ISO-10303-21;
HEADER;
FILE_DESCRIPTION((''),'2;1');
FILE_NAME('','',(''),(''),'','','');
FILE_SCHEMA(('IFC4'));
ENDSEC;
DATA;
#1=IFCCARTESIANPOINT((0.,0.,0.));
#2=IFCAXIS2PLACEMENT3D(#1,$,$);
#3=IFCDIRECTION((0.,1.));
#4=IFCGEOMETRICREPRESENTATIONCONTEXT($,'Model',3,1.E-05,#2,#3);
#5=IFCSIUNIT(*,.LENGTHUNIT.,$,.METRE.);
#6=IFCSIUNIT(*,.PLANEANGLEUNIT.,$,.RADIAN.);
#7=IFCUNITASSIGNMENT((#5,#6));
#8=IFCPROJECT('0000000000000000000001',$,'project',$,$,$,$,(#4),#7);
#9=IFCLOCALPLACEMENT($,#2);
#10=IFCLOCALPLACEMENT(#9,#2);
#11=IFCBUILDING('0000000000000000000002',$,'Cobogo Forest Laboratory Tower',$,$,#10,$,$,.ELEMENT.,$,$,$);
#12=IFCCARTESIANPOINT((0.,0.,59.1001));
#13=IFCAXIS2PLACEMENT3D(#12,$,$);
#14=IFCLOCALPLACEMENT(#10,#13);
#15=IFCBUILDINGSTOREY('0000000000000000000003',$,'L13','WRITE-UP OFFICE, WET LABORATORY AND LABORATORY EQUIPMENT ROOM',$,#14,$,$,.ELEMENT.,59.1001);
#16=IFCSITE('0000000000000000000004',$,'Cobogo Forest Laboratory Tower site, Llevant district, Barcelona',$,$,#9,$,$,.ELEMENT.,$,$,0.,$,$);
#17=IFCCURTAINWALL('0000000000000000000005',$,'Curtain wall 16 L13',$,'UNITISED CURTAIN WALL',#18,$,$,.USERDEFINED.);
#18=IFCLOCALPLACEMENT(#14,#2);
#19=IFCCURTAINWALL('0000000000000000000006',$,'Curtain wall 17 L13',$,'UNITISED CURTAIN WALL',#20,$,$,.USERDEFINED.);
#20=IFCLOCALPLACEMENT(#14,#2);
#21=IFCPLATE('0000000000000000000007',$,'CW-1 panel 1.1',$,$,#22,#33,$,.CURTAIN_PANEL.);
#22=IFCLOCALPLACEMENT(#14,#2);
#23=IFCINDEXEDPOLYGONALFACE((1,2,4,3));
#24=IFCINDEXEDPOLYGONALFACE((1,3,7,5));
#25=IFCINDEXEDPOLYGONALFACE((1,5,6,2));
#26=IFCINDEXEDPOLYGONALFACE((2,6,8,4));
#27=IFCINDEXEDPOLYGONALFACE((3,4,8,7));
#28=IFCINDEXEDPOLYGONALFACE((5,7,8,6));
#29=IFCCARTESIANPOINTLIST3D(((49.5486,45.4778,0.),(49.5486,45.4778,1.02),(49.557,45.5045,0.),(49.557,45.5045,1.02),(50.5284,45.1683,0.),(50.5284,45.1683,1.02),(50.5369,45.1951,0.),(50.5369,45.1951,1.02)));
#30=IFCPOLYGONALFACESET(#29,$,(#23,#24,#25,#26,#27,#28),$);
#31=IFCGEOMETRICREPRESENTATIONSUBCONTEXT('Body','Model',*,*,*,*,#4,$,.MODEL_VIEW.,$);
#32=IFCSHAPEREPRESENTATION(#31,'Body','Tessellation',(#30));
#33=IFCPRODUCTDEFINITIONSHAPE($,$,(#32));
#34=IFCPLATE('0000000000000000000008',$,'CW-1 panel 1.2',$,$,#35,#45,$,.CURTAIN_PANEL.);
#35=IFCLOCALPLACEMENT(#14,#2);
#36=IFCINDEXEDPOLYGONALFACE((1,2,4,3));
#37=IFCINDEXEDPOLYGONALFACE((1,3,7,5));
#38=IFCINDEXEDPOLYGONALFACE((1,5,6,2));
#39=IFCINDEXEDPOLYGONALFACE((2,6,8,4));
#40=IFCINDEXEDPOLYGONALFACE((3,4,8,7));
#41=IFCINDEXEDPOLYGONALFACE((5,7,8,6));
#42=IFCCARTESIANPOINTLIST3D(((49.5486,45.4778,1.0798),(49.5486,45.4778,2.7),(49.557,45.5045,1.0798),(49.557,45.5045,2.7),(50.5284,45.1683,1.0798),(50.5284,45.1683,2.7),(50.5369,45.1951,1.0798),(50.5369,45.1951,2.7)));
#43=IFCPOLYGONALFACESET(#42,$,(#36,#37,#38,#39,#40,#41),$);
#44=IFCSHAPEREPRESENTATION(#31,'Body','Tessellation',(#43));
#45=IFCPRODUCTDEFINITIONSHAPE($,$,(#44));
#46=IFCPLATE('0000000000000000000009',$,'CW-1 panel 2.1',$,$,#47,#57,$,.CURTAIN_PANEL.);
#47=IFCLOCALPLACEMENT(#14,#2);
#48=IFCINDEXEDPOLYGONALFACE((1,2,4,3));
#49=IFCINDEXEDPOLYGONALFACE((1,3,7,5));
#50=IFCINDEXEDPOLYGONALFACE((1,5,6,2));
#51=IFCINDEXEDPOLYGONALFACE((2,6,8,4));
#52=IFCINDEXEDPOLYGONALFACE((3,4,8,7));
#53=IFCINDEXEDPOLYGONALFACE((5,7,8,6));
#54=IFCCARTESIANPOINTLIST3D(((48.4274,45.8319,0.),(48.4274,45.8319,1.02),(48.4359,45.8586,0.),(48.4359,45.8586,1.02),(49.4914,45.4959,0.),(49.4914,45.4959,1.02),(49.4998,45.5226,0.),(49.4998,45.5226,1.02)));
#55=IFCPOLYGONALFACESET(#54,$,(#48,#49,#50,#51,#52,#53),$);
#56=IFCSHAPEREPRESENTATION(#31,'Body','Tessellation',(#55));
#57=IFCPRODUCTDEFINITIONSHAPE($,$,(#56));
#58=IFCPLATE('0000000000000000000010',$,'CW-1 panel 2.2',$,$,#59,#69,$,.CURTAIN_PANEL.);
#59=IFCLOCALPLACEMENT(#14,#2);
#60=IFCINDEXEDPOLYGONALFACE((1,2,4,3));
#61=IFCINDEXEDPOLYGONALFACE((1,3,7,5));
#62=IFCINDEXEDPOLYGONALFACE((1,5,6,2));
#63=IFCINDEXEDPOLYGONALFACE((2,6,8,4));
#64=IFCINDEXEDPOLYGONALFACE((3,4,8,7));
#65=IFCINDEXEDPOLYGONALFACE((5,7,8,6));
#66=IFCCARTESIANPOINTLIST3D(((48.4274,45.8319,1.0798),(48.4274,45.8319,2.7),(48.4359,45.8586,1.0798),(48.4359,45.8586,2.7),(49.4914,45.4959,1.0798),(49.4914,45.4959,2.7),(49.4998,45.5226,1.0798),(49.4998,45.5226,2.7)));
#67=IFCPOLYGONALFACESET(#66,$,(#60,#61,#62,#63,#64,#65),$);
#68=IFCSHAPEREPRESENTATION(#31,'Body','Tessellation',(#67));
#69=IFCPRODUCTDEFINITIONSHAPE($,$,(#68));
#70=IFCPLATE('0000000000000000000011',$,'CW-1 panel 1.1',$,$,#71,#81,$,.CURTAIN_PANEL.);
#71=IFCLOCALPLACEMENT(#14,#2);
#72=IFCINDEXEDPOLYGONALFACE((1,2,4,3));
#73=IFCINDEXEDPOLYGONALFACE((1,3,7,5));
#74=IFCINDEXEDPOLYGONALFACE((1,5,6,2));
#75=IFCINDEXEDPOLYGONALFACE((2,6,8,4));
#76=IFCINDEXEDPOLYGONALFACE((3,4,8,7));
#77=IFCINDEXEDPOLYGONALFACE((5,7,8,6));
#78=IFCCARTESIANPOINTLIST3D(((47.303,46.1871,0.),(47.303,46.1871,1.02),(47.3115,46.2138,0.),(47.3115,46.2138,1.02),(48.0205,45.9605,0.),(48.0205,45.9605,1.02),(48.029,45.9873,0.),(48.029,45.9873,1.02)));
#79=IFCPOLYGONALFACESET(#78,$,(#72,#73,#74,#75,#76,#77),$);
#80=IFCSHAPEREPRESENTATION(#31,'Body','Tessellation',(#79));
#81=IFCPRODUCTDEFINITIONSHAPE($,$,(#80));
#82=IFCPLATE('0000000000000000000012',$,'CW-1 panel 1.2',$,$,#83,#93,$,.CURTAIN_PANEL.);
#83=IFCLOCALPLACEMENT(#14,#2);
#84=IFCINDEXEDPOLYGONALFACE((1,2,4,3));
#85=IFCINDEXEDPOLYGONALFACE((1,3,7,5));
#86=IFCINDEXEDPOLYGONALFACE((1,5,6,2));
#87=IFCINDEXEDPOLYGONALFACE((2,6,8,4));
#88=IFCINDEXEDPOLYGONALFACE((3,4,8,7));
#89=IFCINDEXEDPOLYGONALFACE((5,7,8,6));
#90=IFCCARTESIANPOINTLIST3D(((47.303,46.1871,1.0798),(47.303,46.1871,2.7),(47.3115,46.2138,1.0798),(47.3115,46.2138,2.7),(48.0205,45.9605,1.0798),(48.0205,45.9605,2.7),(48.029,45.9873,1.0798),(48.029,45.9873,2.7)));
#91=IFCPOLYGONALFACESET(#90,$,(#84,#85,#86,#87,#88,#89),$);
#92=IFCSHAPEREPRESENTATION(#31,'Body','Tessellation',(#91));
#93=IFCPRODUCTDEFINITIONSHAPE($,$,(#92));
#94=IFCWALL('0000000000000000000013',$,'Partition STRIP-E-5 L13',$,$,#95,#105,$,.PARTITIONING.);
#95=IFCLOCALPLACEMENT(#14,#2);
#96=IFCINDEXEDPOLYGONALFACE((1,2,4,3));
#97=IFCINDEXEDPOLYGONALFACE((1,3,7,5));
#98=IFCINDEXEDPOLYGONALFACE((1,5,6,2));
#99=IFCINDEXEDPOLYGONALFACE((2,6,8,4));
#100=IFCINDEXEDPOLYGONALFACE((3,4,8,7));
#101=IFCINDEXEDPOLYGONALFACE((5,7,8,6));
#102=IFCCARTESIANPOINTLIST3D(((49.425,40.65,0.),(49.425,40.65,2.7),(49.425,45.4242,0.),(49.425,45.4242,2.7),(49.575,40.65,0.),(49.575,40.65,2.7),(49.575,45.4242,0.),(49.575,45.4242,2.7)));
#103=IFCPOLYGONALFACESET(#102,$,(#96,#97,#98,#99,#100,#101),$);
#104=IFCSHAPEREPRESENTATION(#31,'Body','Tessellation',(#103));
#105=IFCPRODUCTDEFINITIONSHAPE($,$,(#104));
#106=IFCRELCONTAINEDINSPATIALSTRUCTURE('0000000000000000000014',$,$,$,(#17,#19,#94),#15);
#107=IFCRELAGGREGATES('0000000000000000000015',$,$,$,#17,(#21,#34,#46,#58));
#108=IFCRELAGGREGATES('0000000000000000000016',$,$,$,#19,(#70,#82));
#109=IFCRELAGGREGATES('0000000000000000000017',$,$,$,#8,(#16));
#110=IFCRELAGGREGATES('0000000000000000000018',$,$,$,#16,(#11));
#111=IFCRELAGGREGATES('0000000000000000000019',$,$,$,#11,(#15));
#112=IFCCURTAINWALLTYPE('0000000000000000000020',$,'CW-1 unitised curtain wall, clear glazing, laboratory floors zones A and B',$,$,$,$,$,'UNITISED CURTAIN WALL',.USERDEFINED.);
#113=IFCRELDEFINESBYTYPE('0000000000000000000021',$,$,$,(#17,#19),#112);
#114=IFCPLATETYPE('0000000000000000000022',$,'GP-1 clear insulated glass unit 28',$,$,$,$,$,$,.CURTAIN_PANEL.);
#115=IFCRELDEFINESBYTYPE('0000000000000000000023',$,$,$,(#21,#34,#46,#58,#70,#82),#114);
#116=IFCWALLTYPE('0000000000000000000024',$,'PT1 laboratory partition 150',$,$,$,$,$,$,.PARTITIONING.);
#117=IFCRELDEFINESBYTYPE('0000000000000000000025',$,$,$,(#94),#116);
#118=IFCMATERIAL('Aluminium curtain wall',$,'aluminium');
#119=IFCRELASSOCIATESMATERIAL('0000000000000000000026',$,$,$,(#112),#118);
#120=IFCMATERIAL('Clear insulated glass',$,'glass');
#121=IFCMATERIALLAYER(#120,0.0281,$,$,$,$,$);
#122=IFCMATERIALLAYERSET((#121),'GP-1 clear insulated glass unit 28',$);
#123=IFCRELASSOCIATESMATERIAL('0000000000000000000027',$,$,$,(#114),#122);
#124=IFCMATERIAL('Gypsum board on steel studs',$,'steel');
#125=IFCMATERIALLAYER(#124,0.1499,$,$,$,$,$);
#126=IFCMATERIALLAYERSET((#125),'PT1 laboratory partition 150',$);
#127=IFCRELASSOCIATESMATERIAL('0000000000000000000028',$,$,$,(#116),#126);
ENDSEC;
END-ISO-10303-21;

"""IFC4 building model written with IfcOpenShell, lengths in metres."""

from ifc_helpers import new_model, si_unit, direction, frame, frame_2d, origin, origin_2d, place, context, subcontext, project, spatial, rectangle, extrude, material, layer, layer_set, type_object, element, aggregate, save


model = new_model("IFC4")

# Units and contexts
model_context = context("Model", 3, precision=1e-05, world=origin(), true_north=direction((0.0, 1.0)))
body_context = subcontext(model_context, "Body", "Model", "MODEL_VIEW")
ifc_project = project(units=[si_unit("LENGTHUNIT", "METRE"), si_unit("PLANEANGLEUNIT", "RADIAN")], contexts=[model_context])

# Site, building, storey
site_placement = place(None, origin())
site = spatial("IfcSite", under=ifc_project, at=site_placement, Name="Cobogo Forest Laboratory Tower site, Llevant district, Barcelona", CompositionType="ELEMENT", RefElevation=0.0)
building_placement = place(site_placement, origin())
building = spatial("IfcBuilding", under=site, at=building_placement, Name="Cobogo Forest Laboratory Tower", CompositionType="ELEMENT")
storey_placement = place(building_placement, frame((0.0, 0.0, 59.1001)))
storey = spatial("IfcBuildingStorey", under=building, at=storey_placement, Name="L13", Description="WRITE-UP OFFICE, WET LABORATORY AND LABORATORY EQUIPMENT ROOM", CompositionType="ELEMENT", Elevation=59.1001)

# Curtain walls
ifc_material_1 = material(Name="Aluminium curtain wall", Category="aluminium")
curtain_wall_type = type_object("IfcCurtainWallType", Name="CW-1 unitised curtain wall, clear glazing, laboratory floors zones A and B", ElementType="UNITISED CURTAIN WALL", PredefinedType="USERDEFINED", material=ifc_material_1)
curtain_wall_1_placement = place(storey_placement, origin())
curtain_wall_1 = element("IfcCurtainWall", 1, at=curtain_wall_1_placement, inside=storey, type_object=curtain_wall_type, Name="Curtain wall 16 L13", ObjectType="UNITISED CURTAIN WALL", PredefinedType="USERDEFINED")
curtain_wall_2_placement = place(storey_placement, origin())
curtain_wall_2 = element("IfcCurtainWall", 2, at=curtain_wall_2_placement, inside=storey, type_object=curtain_wall_type, Name="Curtain wall 17 L13", ObjectType="UNITISED CURTAIN WALL", PredefinedType="USERDEFINED")

# Plates
ifc_material_2 = material(Name="Clear insulated glass", Category="glass")
ifc_layer_1 = layer(ifc_material_2, 0.0281)
ifc_layer_set_1 = layer_set([ifc_layer_1], Name="GP-1 clear insulated glass unit 28")
plate_type = type_object("IfcPlateType", Name="GP-1 clear insulated glass unit 28", PredefinedType="CURTAIN_PANEL", material=ifc_layer_set_1)
plate_1_placement = place(storey_placement, frame((50.0427, 45.3364, 0.0), z_axis=(0.0, 0.0, 1.0), x_axis=(-0.953581, 0.301135, 0.0)))
plate_1 = element("IfcPlate", 3, at=plate_1_placement, type_object=plate_type, Name="CW-1 panel 1.1", PredefinedType="CURTAIN_PANEL", context=body_context, shape_type="SweptSolid", body=[
    extrude(rectangle(XDim=1.0276, YDim=0.0281, at=origin_2d()), origin(), (0.0, 0.0, 1.0), 1.02),
])
plate_2_placement = place(storey_placement, frame((50.0427, 45.3364, 1.0798), z_axis=(0.0, 0.0, 1.0), x_axis=(-0.953581, 0.301135, 0.0)))
plate_2 = element("IfcPlate", 4, at=plate_2_placement, type_object=plate_type, Name="CW-1 panel 1.2", PredefinedType="CURTAIN_PANEL", context=body_context, shape_type="SweptSolid", body=[
    extrude(rectangle(XDim=1.0276, YDim=0.0281, at=origin_2d()), origin(), (0.0, 0.0, 1.0), 1.6201),
])
plate_3_placement = place(storey_placement, frame((48.9636, 45.6772, 0.0), z_axis=(0.0, 0.0, 1.0), x_axis=(-0.953581, 0.301135, 0.0)))
plate_3 = element("IfcPlate", 5, at=plate_3_placement, type_object=plate_type, Name="CW-1 panel 2.1", PredefinedType="CURTAIN_PANEL", context=body_context, shape_type="SweptSolid", body=[
    extrude(rectangle(XDim=1.1157, YDim=0.0281, at=origin_2d()), origin(), (0.0, 0.0, 1.0), 1.02),
])
plate_4_placement = place(storey_placement, frame((48.9636, 45.6772, 1.0798), z_axis=(0.0, 0.0, 1.0), x_axis=(-0.953581, 0.301135, 0.0)))
plate_4 = element("IfcPlate", 6, at=plate_4_placement, type_object=plate_type, Name="CW-1 panel 2.2", PredefinedType="CURTAIN_PANEL", context=body_context, shape_type="SweptSolid", body=[
    extrude(rectangle(XDim=1.1157, YDim=0.0281, at=origin_2d()), origin(), (0.0, 0.0, 1.0), 1.6201),
])
aggregate(curtain_wall_1, [plate_1, plate_2, plate_3, plate_4])
plate_5_placement = place(storey_placement, frame((47.666, 46.0872, 0.0), z_axis=(0.0, 0.0, 1.0), x_axis=(-0.953582, 0.301135, 0.0)))
plate_5 = element("IfcPlate", 7, at=plate_5_placement, type_object=plate_type, Name="CW-1 panel 1.1", PredefinedType="CURTAIN_PANEL", context=body_context, shape_type="SweptSolid", body=[
    extrude(rectangle(XDim=0.7524, YDim=0.0281, at=origin_2d()), origin(), (0.0, 0.0, 1.0), 1.02),
])
plate_6_placement = place(storey_placement, frame((47.666, 46.0872, 1.0798), z_axis=(0.0, 0.0, 1.0), x_axis=(-0.953582, 0.301135, 0.0)))
plate_6 = element("IfcPlate", 8, at=plate_6_placement, type_object=plate_type, Name="CW-1 panel 1.2", PredefinedType="CURTAIN_PANEL", context=body_context, shape_type="SweptSolid", body=[
    extrude(rectangle(XDim=0.7524, YDim=0.0281, at=origin_2d()), origin(), (0.0, 0.0, 1.0), 1.6201),
])
aggregate(curtain_wall_2, [plate_5, plate_6])

# Wall
ifc_material_3 = material(Name="Gypsum board on steel studs", Category="steel")
ifc_layer_2 = layer(ifc_material_3, 0.1499)
ifc_layer_set_2 = layer_set([ifc_layer_2], Name="PT1 laboratory partition 150")
wall_type = type_object("IfcWallType", Name="PT1 laboratory partition 150", PredefinedType="PARTITIONING", material=ifc_layer_set_2)
wall_placement = place(storey_placement, frame((49.5, 40.6499, 0.0), z_axis=(0.0, 0.0, 1.0), x_axis=(0.0, 1.0, 0.0)))
element("IfcWall", 9, at=wall_placement, inside=storey, type_object=wall_type, Name="Partition STRIP-E-5 L13", PredefinedType="PARTITIONING", context=body_context, shape_type="SweptSolid", body=[
    extrude(rectangle(XDim=4.7742, YDim=0.1499, at=frame_2d((2.3872, 0.0))), origin(), (0.0, 0.0, 1.0), 2.7),
])

save(model, "model.ifc")
